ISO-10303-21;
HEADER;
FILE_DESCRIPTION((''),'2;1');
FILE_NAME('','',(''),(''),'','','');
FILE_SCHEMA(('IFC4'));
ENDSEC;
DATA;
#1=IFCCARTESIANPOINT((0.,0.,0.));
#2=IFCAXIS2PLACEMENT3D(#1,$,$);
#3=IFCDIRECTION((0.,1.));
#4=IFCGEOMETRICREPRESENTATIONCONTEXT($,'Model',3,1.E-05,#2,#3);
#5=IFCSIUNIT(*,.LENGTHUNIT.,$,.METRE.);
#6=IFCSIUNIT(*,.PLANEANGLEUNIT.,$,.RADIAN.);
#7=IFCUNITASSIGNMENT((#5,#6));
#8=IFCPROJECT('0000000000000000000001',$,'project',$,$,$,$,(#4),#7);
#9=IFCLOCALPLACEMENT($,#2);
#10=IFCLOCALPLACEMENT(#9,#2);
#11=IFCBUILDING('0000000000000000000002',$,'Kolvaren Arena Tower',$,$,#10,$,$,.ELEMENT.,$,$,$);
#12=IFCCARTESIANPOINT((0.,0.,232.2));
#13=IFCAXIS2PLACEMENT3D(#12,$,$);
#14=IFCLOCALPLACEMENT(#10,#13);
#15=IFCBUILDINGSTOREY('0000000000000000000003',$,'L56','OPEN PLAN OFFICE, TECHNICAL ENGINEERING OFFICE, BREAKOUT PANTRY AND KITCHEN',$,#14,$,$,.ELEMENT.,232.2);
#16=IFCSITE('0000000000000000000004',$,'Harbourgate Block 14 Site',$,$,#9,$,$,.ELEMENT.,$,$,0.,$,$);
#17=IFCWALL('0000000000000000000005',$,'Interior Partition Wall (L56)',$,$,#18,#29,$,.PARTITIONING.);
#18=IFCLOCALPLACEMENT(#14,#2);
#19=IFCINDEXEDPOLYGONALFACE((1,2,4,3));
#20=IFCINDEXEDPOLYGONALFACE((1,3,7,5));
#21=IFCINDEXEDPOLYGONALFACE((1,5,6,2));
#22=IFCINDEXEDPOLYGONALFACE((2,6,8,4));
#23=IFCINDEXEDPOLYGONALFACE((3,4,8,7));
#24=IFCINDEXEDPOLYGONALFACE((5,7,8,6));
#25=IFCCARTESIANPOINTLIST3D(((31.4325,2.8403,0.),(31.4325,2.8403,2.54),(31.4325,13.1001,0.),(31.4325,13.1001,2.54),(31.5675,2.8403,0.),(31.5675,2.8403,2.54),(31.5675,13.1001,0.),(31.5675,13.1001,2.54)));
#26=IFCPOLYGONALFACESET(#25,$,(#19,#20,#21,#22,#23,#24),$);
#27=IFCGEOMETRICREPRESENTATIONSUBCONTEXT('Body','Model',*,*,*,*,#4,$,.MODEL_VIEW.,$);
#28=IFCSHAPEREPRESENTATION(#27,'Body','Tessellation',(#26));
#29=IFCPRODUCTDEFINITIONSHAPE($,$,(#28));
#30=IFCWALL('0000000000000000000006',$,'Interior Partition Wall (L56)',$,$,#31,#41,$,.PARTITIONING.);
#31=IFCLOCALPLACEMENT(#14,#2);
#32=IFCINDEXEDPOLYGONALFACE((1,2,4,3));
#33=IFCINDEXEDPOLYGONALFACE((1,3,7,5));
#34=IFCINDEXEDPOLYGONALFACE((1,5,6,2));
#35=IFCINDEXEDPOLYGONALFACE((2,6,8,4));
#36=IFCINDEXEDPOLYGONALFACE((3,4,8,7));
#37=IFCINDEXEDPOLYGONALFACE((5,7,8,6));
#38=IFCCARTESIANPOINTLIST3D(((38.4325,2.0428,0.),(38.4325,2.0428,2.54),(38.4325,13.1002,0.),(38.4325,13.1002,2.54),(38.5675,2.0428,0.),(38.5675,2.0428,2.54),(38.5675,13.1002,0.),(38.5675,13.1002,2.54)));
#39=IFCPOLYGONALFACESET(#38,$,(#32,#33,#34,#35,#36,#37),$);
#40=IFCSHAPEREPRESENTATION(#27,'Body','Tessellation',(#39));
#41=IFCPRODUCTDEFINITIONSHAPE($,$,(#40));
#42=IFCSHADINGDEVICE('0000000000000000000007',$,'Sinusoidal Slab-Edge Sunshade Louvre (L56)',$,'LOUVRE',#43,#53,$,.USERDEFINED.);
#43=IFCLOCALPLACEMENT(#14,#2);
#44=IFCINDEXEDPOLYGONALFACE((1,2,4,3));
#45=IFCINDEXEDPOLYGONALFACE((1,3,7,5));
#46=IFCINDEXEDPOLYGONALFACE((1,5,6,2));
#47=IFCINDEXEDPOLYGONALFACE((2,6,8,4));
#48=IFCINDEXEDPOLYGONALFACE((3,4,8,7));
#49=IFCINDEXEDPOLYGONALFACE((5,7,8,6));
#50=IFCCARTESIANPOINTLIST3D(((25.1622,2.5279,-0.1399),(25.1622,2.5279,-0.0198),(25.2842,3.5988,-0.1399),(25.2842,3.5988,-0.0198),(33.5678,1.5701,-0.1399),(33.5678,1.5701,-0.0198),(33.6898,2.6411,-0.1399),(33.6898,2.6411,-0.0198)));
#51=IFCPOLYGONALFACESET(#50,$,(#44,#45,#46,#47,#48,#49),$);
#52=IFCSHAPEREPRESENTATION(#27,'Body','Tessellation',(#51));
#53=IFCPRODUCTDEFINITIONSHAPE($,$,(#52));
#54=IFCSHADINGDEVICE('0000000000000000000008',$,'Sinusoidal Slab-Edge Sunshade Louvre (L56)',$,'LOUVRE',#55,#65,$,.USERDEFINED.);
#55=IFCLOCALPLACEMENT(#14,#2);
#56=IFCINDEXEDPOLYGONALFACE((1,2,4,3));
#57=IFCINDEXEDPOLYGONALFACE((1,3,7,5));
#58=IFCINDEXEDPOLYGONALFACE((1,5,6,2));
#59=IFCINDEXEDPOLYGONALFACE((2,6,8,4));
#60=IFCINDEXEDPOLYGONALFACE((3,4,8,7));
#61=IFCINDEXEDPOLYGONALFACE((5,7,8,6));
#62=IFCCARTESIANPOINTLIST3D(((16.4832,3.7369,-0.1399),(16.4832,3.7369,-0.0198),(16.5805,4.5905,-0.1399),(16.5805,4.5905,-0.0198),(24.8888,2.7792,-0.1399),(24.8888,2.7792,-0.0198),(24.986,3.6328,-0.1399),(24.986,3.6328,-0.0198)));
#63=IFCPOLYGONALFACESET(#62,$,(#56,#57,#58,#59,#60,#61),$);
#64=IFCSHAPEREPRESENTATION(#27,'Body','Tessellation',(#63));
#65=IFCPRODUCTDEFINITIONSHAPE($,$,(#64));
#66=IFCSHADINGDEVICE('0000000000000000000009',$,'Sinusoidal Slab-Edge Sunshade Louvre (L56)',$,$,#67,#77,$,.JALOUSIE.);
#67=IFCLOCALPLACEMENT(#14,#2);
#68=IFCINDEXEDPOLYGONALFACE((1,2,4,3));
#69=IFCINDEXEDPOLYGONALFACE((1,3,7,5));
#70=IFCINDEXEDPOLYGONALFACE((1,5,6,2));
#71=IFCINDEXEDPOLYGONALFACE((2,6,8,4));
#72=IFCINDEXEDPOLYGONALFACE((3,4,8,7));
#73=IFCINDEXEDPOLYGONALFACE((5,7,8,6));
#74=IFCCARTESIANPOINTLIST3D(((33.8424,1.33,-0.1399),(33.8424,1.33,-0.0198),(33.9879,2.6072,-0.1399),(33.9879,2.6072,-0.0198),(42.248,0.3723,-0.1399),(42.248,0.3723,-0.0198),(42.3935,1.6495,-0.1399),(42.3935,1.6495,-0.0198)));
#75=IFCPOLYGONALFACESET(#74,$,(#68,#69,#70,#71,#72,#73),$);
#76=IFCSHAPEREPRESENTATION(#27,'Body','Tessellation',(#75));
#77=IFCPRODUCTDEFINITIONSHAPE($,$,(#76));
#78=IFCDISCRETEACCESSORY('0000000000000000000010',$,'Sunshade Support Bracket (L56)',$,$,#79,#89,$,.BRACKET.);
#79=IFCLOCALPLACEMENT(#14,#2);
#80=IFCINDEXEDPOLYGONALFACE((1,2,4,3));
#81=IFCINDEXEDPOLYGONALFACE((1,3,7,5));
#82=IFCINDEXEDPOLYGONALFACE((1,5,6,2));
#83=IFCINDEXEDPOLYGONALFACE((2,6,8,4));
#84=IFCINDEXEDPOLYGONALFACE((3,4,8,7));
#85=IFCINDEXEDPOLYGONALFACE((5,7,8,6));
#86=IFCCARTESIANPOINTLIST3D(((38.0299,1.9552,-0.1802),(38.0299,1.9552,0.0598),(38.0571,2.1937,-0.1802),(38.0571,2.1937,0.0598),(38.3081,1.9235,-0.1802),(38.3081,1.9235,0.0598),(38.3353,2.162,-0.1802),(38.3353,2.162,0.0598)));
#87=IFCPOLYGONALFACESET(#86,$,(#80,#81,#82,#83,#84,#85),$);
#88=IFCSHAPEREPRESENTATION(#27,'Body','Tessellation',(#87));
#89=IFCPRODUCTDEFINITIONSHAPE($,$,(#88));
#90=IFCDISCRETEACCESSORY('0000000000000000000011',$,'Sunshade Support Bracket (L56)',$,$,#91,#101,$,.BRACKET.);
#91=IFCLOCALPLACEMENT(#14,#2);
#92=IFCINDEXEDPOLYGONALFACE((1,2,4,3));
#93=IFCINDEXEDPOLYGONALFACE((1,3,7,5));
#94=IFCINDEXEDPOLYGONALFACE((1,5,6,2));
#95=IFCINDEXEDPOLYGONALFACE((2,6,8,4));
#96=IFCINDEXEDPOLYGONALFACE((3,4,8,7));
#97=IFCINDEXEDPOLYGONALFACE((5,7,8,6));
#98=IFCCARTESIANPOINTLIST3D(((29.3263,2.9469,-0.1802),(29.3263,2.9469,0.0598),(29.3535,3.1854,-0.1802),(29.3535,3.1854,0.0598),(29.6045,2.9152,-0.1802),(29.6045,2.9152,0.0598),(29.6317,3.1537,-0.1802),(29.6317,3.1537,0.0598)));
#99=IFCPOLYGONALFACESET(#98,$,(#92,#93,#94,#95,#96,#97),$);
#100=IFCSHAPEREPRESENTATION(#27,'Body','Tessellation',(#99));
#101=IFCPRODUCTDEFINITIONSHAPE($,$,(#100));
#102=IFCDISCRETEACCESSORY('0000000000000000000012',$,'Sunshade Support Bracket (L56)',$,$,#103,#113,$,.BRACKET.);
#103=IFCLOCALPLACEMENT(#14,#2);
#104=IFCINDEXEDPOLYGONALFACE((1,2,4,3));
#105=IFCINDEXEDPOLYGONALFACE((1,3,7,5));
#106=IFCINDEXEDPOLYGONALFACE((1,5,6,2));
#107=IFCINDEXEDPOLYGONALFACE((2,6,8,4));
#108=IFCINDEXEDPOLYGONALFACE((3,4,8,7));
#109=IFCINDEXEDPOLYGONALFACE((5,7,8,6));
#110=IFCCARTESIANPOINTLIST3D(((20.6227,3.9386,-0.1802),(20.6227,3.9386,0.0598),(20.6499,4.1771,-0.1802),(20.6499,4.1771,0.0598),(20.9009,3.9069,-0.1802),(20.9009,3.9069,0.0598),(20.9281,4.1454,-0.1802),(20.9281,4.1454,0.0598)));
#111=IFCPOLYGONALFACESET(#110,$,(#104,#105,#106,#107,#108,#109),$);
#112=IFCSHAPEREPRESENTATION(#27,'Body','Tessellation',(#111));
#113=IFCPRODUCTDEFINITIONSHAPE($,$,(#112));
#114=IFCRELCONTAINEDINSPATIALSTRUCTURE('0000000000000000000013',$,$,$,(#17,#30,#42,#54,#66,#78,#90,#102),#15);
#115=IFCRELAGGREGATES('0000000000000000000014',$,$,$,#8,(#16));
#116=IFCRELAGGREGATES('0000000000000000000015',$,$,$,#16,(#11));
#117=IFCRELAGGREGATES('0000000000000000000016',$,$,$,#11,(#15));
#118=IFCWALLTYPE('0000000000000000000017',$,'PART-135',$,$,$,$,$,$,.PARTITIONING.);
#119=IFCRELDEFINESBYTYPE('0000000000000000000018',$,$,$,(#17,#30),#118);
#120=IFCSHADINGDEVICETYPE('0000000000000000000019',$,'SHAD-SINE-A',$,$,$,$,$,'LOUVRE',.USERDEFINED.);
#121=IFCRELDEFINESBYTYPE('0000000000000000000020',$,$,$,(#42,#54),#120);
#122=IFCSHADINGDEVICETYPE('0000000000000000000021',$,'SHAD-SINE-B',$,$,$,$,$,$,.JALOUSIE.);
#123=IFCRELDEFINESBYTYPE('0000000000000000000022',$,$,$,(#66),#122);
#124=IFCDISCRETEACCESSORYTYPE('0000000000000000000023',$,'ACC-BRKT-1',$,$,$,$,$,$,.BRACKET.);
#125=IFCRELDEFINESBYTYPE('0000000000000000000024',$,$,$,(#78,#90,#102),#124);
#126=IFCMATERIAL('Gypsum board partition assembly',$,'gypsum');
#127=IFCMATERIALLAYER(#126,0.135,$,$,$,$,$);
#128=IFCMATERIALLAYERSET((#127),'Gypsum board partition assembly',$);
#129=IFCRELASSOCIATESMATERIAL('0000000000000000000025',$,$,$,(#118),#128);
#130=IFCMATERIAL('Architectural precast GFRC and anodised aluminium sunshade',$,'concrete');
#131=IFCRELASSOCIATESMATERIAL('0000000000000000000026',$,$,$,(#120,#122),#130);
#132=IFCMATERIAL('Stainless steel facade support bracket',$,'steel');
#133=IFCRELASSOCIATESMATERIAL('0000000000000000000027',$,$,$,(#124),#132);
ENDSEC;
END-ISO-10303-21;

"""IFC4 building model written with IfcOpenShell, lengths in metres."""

from ifc_helpers import new_model, si_unit, direction, frame, frame_2d, origin, origin_2d, place, context, subcontext, project, spatial, rectangle, extrude, material, layer, layer_set, type_object, element, save


model = new_model("IFC4")

# Units and contexts
model_context = context("Model", 3, precision=1e-05, world=origin(), true_north=direction((0.0, 1.0)))
body_context = subcontext(model_context, "Body", "Model", "MODEL_VIEW")
ifc_project = project(units=[si_unit("LENGTHUNIT", "METRE"), si_unit("PLANEANGLEUNIT", "RADIAN")], contexts=[model_context])

# Site, building, storey
site_placement = place(None, origin())
site = spatial("IfcSite", under=ifc_project, at=site_placement, Name="Harbourgate Block 14 Site", CompositionType="ELEMENT", RefElevation=0.0)
building_placement = place(site_placement, origin())
building = spatial("IfcBuilding", under=site, at=building_placement, Name="Kolvaren Arena Tower", CompositionType="ELEMENT")
storey_placement = place(building_placement, frame((0.0, 0.0, 232.2)))
storey = spatial("IfcBuildingStorey", under=building, at=storey_placement, Name="L56", Description="OPEN PLAN OFFICE, TECHNICAL ENGINEERING OFFICE, BREAKOUT PANTRY AND KITCHEN", CompositionType="ELEMENT", Elevation=232.2)

# Walls
ifc_material_1 = material(Name="Gypsum board partition assembly", Category="gypsum")
ifc_layer = layer(ifc_material_1, 0.135)
ifc_layer_set = layer_set([ifc_layer], Name="Gypsum board partition assembly")
wall_type = type_object("IfcWallType", Name="PART-135", PredefinedType="PARTITIONING", material=ifc_layer_set)
wall_1_placement = place(storey_placement, frame((31.5, 2.8403, 0.0), z_axis=(0.0, 0.0, 1.0), x_axis=(0.0, 1.0, 0.0)))
element("IfcWall", 1, at=wall_1_placement, inside=storey, type_object=wall_type, Name="Interior Partition Wall (L56)", PredefinedType="PARTITIONING", context=body_context, shape_type="SweptSolid", body=[
    extrude(rectangle(XDim=10.2598, YDim=0.135, at=frame_2d((5.1299, 0.0))), origin(), (0.0, 0.0, 1.0), 2.54),
])
wall_2_placement = place(storey_placement, frame((38.5, 2.0427, 0.0), z_axis=(0.0, 0.0, 1.0), x_axis=(0.0, 1.0, 0.0)))
element("IfcWall", 2, at=wall_2_placement, inside=storey, type_object=wall_type, Name="Interior Partition Wall (L56)", PredefinedType="PARTITIONING", context=body_context, shape_type="SweptSolid", body=[
    extrude(rectangle(XDim=11.0574, YDim=0.135, at=frame_2d((5.5288, 0.0))), origin(), (0.0, 0.0, 1.0), 2.54),
])

# Shading devices
ifc_material_2 = material(Name="Architectural precast GFRC and anodised aluminium sunshade", Category="concrete")
shading_device_type_1 = type_object("IfcShadingDeviceType", Name="SHAD-SINE-A", ElementType="LOUVRE", PredefinedType="USERDEFINED", material=ifc_material_2)
shading_device_1_placement = place(storey_placement, frame((29.426, 2.5845, -0.1399), z_axis=(0.0, 0.0, 1.0), x_axis=(-0.993572, 0.113205, 0.0)))
element("IfcShadingDevice", 3, at=shading_device_1_placement, inside=storey, type_object=shading_device_type_1, Name="Sinusoidal Slab-Edge Sunshade Louvre (L56)", ObjectType="LOUVRE", PredefinedType="USERDEFINED", context=body_context, shape_type="SweptSolid", body=[
    extrude(rectangle(XDim=8.46, YDim=1.0779, at=origin_2d()), origin(), (0.0, 0.0, 1.0), 0.1201),
])
shading_device_2_placement = place(storey_placement, frame((20.7346, 3.6848, -0.1399), z_axis=(0.0, 0.0, 1.0), x_axis=(-0.993572, 0.113205, 0.0)))
element("IfcShadingDevice", 4, at=shading_device_2_placement, inside=storey, type_object=shading_device_type_1, Name="Sinusoidal Slab-Edge Sunshade Louvre (L56)", ObjectType="LOUVRE", PredefinedType="USERDEFINED", context=body_context, shape_type="SweptSolid", body=[
    extrude(rectangle(XDim=8.46, YDim=0.8591, at=origin_2d()), origin(), (0.0, 0.0, 1.0), 0.1201),
])
shading_device_type_2 = type_object("IfcShadingDeviceType", Name="SHAD-SINE-B", PredefinedType="JALOUSIE", material=ifc_material_2)
shading_device_3_placement = place(storey_placement, frame((38.1179, 1.4897, -0.1399), z_axis=(0.0, 0.0, 1.0), x_axis=(-0.993572, 0.113205, 0.0)))
element("IfcShadingDevice", 5, at=shading_device_3_placement, inside=storey, type_object=shading_device_type_2, Name="Sinusoidal Slab-Edge Sunshade Louvre (L56)", PredefinedType="JALOUSIE", context=body_context, shape_type="SweptSolid", body=[
    extrude(rectangle(XDim=8.46, YDim=1.2854, at=origin_2d()), origin(), (0.0, 0.0, 1.0), 0.1201),
])

# Discrete accessories
ifc_material_3 = material(Name="Stainless steel facade support bracket", Category="steel")
discrete_accessory_type = type_object("IfcDiscreteAccessoryType", Name="ACC-BRKT-1", PredefinedType="BRACKET", material=ifc_material_3)
for number, where, z_axis, x_axis, name in (
    (6, (38.1826, 2.0586, -0.1802), (0.0, 0.0, 1.0), (-0.993572, 0.113205, 0.0), "Sunshade Support Bracket (L56)"),
    (7, (29.479, 3.0503, -0.1802), (0.0, 0.0, 1.0), (-0.993572, 0.113205, 0.0), "Sunshade Support Bracket (L56)"),
    (8, (20.7754, 4.042, -0.1802), (0.0, 0.0, 1.0), (-0.993572, 0.113205, 0.0), "Sunshade Support Bracket (L56)"),
):
    element("IfcDiscreteAccessory", number, at=place(storey_placement, frame(where, z_axis=z_axis, x_axis=x_axis)), inside=storey, type_object=discrete_accessory_type, Name=name, PredefinedType="BRACKET", context=body_context, shape_type="SweptSolid", body=[
        extrude(rectangle(XDim=0.28, YDim=0.24, at=origin_2d()), origin(), (0.0, 0.0, 1.0), 0.24),
    ])

save(model, "model.ifc")
